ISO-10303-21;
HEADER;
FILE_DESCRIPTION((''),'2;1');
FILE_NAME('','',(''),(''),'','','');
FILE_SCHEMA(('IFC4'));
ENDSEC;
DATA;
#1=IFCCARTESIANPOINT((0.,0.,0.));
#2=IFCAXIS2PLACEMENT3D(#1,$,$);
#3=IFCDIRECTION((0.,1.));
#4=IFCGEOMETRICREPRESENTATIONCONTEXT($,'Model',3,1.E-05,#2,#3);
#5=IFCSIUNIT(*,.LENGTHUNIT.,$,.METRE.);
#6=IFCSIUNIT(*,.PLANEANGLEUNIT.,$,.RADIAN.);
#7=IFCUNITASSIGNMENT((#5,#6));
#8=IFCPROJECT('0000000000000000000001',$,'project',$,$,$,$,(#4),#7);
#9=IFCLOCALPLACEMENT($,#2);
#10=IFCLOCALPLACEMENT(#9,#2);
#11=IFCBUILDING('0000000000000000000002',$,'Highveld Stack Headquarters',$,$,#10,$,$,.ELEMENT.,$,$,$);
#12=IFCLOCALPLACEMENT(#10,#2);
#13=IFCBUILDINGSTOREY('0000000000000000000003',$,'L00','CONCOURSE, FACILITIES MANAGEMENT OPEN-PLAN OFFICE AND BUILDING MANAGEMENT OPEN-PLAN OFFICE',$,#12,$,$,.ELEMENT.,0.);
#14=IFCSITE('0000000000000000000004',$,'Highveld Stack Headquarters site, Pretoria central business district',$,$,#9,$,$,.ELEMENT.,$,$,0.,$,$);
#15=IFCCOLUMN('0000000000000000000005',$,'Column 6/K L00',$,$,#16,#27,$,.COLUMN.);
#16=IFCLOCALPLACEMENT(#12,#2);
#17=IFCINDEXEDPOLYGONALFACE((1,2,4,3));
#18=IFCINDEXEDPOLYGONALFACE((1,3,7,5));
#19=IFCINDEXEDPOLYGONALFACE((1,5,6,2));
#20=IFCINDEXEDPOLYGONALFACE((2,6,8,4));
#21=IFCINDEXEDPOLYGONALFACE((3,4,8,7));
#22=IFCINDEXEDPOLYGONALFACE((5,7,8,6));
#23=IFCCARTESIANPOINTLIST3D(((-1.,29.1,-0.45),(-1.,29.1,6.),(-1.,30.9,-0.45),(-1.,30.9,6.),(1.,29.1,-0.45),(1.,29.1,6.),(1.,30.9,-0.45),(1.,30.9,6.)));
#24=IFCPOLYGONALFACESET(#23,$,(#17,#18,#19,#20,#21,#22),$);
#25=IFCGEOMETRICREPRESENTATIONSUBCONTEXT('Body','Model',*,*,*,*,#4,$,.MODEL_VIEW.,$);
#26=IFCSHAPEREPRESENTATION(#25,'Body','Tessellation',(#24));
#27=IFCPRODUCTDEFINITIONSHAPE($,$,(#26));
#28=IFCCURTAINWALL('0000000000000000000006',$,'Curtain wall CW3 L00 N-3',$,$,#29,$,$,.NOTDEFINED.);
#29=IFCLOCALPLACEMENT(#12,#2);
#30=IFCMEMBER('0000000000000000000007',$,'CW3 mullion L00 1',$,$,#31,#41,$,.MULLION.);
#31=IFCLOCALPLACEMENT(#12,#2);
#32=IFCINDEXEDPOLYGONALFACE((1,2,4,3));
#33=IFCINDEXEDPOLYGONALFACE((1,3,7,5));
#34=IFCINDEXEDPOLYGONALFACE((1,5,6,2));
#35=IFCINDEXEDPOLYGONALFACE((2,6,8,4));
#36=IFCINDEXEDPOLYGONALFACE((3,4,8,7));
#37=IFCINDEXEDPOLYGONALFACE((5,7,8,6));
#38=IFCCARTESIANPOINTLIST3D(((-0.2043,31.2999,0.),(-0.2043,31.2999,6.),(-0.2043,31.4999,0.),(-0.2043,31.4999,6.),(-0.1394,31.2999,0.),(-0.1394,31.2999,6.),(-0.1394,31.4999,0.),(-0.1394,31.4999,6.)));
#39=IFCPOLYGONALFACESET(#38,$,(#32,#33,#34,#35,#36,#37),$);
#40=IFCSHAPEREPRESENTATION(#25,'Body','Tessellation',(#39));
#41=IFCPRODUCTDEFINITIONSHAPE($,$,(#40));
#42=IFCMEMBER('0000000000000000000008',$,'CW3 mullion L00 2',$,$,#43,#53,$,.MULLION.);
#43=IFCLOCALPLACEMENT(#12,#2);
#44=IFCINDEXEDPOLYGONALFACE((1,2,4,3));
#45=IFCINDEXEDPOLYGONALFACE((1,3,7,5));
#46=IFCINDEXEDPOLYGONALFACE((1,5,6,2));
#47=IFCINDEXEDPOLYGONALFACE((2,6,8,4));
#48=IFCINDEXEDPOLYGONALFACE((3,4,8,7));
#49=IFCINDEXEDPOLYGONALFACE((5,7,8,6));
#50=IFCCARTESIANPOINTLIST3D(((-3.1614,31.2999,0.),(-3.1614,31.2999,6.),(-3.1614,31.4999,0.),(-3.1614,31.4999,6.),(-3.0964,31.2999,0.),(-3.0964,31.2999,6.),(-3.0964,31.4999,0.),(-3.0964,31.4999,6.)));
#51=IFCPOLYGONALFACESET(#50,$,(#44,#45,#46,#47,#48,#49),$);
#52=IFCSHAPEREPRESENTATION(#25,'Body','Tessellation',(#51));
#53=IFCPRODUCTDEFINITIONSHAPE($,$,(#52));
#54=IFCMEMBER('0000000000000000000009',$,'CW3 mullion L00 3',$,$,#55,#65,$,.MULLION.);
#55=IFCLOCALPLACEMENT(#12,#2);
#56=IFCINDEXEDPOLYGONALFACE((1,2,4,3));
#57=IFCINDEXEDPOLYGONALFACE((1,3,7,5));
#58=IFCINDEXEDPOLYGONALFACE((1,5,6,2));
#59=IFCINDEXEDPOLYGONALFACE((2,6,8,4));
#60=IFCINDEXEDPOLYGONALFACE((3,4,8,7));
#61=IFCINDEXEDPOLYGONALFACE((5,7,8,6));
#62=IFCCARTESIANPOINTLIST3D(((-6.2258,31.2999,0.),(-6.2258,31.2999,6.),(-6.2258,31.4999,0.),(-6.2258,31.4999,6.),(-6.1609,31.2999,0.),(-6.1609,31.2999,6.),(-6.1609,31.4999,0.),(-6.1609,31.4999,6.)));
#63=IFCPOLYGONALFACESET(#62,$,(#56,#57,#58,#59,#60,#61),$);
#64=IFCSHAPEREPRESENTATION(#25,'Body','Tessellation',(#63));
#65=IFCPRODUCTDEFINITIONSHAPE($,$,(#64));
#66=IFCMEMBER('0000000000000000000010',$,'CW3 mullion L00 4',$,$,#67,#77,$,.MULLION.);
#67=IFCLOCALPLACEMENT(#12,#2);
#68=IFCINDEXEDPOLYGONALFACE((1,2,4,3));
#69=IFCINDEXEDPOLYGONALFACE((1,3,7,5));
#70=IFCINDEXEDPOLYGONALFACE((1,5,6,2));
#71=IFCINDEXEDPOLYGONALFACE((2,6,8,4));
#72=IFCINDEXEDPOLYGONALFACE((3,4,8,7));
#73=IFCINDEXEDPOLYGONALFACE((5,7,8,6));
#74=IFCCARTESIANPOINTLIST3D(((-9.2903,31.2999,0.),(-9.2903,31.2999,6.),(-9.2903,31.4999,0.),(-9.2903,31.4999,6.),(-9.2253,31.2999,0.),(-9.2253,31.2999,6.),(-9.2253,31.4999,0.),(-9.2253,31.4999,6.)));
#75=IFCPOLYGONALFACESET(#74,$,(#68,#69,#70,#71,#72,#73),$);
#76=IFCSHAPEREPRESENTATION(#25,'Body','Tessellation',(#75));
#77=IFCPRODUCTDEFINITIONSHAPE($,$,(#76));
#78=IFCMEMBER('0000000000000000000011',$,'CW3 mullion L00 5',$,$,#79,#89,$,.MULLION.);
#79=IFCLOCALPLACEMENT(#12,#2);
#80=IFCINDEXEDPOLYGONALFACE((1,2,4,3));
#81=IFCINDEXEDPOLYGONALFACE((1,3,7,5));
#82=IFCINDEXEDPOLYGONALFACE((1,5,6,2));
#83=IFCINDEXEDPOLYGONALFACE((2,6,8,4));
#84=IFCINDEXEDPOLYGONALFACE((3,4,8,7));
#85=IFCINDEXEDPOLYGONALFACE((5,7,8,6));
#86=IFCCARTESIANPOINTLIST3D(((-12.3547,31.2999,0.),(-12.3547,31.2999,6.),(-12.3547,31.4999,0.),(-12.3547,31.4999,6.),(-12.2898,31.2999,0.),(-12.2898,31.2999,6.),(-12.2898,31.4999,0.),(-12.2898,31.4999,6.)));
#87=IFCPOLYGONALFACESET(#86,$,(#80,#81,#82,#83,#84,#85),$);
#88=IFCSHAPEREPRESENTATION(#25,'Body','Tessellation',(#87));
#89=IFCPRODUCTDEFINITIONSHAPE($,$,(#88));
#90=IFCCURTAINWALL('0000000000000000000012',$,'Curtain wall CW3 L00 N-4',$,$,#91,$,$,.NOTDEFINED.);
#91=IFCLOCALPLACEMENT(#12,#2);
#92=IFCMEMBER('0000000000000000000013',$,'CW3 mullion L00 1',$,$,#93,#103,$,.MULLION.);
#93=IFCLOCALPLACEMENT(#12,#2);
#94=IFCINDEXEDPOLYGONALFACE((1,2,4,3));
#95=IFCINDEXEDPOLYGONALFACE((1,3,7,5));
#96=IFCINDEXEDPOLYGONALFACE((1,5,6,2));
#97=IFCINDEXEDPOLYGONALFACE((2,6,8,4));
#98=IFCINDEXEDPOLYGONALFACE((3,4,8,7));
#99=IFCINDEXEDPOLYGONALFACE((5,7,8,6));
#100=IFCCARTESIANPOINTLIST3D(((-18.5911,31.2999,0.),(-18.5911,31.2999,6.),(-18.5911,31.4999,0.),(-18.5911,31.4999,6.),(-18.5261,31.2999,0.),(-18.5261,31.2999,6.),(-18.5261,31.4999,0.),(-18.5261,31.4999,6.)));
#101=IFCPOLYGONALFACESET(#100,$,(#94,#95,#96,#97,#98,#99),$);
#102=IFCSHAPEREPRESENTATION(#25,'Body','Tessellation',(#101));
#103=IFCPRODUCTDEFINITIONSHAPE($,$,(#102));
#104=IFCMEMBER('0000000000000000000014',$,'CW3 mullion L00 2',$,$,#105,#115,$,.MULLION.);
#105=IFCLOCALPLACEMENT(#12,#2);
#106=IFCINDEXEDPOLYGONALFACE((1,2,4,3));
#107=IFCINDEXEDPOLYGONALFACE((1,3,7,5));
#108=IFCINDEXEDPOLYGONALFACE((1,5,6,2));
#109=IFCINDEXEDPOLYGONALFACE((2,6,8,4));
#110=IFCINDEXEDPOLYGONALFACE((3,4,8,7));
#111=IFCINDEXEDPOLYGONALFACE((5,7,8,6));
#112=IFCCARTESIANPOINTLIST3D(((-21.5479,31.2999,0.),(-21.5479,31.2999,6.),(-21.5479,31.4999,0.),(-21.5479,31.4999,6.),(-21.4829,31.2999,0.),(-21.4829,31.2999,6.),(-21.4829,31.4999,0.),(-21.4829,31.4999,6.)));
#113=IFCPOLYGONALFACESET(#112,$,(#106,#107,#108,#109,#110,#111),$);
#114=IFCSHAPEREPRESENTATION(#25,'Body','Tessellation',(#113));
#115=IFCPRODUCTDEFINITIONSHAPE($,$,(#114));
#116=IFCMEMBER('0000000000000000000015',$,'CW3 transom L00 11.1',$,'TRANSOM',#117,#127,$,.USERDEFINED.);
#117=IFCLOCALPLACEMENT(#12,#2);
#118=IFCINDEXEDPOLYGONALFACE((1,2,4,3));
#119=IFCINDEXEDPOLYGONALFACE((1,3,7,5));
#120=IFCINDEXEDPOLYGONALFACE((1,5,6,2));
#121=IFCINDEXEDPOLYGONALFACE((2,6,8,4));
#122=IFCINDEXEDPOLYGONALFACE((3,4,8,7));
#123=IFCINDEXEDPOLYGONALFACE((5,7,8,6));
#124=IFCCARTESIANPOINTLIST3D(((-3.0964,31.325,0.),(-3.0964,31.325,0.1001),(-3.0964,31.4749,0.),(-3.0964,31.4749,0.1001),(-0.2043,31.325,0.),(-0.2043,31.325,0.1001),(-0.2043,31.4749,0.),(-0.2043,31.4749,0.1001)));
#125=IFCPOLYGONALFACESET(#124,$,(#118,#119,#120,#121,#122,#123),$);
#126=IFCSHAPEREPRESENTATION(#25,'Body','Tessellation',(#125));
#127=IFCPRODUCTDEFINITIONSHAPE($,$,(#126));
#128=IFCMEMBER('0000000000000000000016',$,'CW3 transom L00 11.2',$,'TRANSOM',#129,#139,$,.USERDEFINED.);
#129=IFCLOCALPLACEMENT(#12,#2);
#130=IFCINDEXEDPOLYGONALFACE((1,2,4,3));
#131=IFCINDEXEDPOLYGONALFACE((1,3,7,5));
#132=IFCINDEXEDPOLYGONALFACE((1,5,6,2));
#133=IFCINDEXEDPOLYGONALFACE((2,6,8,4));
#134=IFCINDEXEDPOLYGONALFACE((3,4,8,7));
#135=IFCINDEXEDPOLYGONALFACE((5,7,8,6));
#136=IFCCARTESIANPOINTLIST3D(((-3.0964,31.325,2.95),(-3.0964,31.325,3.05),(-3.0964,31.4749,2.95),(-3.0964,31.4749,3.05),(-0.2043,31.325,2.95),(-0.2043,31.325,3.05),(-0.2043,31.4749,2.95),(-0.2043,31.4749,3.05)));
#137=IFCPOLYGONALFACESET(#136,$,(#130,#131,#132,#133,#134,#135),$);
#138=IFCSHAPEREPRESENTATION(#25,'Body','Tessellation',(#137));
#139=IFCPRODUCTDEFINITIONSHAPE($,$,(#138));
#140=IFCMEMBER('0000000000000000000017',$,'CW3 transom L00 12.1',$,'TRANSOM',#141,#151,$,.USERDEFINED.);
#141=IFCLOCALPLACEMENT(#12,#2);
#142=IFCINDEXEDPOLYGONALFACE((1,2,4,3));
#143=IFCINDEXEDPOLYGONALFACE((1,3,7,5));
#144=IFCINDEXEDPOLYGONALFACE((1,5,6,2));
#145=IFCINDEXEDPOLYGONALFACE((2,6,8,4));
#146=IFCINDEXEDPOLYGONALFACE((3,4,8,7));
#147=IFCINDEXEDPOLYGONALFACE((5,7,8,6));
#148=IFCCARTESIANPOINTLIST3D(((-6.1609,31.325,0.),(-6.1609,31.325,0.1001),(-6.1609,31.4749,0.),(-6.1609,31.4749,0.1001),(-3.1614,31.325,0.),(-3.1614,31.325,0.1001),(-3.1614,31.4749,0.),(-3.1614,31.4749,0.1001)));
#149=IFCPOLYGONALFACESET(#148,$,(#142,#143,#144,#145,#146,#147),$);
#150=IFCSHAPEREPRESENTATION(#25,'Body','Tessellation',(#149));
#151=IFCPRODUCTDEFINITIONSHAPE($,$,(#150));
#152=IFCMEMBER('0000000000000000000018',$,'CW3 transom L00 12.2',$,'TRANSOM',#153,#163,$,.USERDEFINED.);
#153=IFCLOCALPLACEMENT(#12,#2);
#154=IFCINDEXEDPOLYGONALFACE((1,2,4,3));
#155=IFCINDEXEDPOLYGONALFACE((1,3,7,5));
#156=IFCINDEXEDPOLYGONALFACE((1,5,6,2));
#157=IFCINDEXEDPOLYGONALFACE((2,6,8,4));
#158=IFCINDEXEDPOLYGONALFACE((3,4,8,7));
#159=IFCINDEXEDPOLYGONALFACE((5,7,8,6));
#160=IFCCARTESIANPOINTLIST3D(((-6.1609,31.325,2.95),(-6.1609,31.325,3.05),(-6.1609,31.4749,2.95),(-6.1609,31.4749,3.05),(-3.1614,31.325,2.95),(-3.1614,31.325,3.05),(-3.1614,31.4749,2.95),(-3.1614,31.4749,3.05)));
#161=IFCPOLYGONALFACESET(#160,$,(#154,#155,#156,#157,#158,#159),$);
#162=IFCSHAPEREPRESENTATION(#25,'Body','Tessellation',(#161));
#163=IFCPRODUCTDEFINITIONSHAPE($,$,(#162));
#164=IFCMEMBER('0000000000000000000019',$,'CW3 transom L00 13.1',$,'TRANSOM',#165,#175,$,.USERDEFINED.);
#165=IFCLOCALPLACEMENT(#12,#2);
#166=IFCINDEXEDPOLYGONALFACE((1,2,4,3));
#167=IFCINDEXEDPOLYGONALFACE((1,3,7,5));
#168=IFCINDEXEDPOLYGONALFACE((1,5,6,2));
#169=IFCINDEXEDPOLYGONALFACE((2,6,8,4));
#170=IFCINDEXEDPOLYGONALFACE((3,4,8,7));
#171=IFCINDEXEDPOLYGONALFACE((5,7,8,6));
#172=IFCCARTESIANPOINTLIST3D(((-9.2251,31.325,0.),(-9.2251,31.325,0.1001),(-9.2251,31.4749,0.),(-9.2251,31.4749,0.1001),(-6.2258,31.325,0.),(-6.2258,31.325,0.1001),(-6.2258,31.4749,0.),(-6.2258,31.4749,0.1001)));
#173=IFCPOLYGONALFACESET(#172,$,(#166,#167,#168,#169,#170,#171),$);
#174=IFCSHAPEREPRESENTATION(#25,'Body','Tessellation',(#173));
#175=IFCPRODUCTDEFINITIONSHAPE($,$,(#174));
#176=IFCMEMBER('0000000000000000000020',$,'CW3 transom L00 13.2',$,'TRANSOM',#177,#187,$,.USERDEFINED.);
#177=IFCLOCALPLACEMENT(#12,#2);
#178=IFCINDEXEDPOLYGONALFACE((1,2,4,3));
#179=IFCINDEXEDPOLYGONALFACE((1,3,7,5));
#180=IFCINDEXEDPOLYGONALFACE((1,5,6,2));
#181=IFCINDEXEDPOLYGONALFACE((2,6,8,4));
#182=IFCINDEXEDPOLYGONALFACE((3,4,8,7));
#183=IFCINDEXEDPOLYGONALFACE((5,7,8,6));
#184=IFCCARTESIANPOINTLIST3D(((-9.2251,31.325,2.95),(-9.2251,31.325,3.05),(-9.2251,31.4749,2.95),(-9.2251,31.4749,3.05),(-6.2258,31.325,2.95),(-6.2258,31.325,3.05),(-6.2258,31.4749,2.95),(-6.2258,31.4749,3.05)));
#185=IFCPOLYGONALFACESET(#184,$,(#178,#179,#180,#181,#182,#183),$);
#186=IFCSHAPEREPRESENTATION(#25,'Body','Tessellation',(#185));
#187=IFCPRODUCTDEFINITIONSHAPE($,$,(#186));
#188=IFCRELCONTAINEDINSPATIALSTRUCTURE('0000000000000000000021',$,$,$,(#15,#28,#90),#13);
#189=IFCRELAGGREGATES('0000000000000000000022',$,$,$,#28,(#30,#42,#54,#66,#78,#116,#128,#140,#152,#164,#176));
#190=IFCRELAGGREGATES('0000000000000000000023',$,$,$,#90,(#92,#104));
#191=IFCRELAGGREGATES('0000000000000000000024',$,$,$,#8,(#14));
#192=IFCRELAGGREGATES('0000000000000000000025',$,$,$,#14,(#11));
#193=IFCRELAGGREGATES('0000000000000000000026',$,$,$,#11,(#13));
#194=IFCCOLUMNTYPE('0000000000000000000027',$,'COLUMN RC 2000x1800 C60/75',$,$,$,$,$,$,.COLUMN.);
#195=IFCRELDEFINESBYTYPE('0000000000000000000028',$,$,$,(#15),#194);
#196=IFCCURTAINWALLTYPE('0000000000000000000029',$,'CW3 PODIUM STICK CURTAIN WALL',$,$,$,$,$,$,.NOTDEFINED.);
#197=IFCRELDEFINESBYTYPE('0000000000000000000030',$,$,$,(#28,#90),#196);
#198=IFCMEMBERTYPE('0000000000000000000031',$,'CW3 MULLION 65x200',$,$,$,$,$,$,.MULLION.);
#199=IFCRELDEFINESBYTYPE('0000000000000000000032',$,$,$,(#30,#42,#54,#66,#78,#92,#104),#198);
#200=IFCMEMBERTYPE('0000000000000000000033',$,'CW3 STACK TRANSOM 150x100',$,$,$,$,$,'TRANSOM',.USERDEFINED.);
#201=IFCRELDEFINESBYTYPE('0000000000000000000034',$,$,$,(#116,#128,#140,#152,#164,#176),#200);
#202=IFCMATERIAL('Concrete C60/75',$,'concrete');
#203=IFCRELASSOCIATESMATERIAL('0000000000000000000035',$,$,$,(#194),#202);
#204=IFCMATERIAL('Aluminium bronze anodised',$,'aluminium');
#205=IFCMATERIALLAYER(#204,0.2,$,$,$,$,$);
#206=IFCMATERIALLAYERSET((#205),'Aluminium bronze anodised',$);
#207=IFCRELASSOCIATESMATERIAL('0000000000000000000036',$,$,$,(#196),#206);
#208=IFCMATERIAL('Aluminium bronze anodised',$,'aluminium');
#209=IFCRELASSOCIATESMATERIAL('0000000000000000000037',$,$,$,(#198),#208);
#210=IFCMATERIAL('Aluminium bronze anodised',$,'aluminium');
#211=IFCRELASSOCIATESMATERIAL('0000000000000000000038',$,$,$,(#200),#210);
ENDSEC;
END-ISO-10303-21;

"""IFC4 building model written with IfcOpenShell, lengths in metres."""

from ifc_helpers import new_model, si_unit, direction, frame, origin, origin_2d, place, context, subcontext, project, spatial, rectangle, extrude, material, layer, layer_set, material_profile, profile_set, type_object, element, aggregate, save


model = new_model("IFC4")

# Units and contexts
model_context = context("Model", 3, precision=1e-05, world=origin(), true_north=direction((0.0, 1.0)))
body_context = subcontext(model_context, "Body", "Model", "MODEL_VIEW")
ifc_project = project(units=[si_unit("LENGTHUNIT", "METRE"), si_unit("PLANEANGLEUNIT", "RADIAN")], contexts=[model_context])

# Site, building, storey
site_placement = place(None, origin())
site = spatial("IfcSite", under=ifc_project, at=site_placement, Name="Highveld Stack Headquarters site, Pretoria central business district", CompositionType="ELEMENT", RefElevation=0.0)
building_placement = place(site_placement, origin())
building = spatial("IfcBuilding", under=site, at=building_placement, Name="Highveld Stack Headquarters", CompositionType="ELEMENT")
storey_placement = place(building_placement, origin())
storey = spatial("IfcBuildingStorey", under=building, at=storey_placement, Name="L00", Description="CONCOURSE, FACILITIES MANAGEMENT OPEN-PLAN OFFICE AND BUILDING MANAGEMENT OPEN-PLAN OFFICE", CompositionType="ELEMENT", Elevation=0.0)

# Column
ifc_material_1 = material(Name="Concrete C60/75", Category="concrete")
ifc_material_profile_1 = material_profile(ifc_material_1, rectangle(XDim=2.0, YDim=1.8, at=origin_2d()), Name="RC 2000x1800")
ifc_profile_set_1 = profile_set([ifc_material_profile_1], Name="Concrete C60/75")
column_type = type_object("IfcColumnType", Name="COLUMN RC 2000x1800 C60/75", PredefinedType="COLUMN", material=ifc_profile_set_1)
column_placement = place(storey_placement, frame((0.0, 30.0, -0.45), z_axis=(0.0, 0.0, 1.0), x_axis=(1.0, 0.0, 0.0)))
element("IfcColumn", 1, at=column_placement, inside=storey, type_object=column_type, Name="Column 6/K L00", PredefinedType="COLUMN", context=body_context, shape_type="SweptSolid", body=[
    extrude(rectangle(XDim=2.0, YDim=1.8, at=origin_2d()), origin(), (0.0, 0.0, 1.0), 6.45),
])

# Curtain walls, members
ifc_material_2 = material(Name="Aluminium bronze anodised", Category="aluminium")
ifc_layer_1 = layer(ifc_material_2, 0.2)
ifc_layer_set_1 = layer_set([ifc_layer_1], Name="Aluminium bronze anodised")
curtain_wall_type = type_object("IfcCurtainWallType", Name="CW3 PODIUM STICK CURTAIN WALL", PredefinedType="NOTDEFINED", material=ifc_layer_set_1)
curtain_wall_1_placement = place(storey_placement, origin())
curtain_wall_1 = element("IfcCurtainWall", 2, at=curtain_wall_1_placement, inside=storey, type_object=curtain_wall_type, Name="Curtain wall CW3 L00 N-3", PredefinedType="NOTDEFINED")
ifc_material_3 = material(Name="Aluminium bronze anodised", Category="aluminium")
ifc_material_profile_2 = material_profile(ifc_material_3, rectangle(XDim=0.2, YDim=0.0649, at=origin_2d()), Name="CW3 MULLION 65x200")
ifc_profile_set_2 = profile_set([ifc_material_profile_2], Name="Aluminium bronze anodised")
member_type_1 = type_object("IfcMemberType", Name="CW3 MULLION 65x200", PredefinedType="MULLION", material=ifc_profile_set_2)
member_1_placement = place(storey_placement, frame((-0.1719, 31.3999, 0.0), z_axis=(0.0, 0.0, 1.0), x_axis=(0.0, -1.0, 0.0)))
member_1 = element("IfcMember", 3, at=member_1_placement, type_object=member_type_1, Name="CW3 mullion L00 1", PredefinedType="MULLION", context=body_context, shape_type="SweptSolid", body=[
    extrude(rectangle(XDim=0.2, YDim=0.0649, at=origin_2d()), origin(), (0.0, 0.0, 1.0), 6.0),
])
member_2_placement = place(storey_placement, frame((-3.1289, 31.3999, 0.0), z_axis=(0.0, 0.0, 1.0), x_axis=(0.0, -1.0, 0.0)))
member_2 = element("IfcMember", 4, at=member_2_placement, type_object=member_type_1, Name="CW3 mullion L00 2", PredefinedType="MULLION", context=body_context, shape_type="SweptSolid", body=[
    extrude(rectangle(XDim=0.2, YDim=0.0649, at=origin_2d()), origin(), (0.0, 0.0, 1.0), 6.0),
])
member_3_placement = place(storey_placement, frame((-6.1934, 31.3999, 0.0), z_axis=(0.0, 0.0, 1.0), x_axis=(0.0, -1.0, 0.0)))
member_3 = element("IfcMember", 5, at=member_3_placement, type_object=member_type_1, Name="CW3 mullion L00 3", PredefinedType="MULLION", context=body_context, shape_type="SweptSolid", body=[
    extrude(rectangle(XDim=0.2, YDim=0.0649, at=origin_2d()), origin(), (0.0, 0.0, 1.0), 6.0),
])
member_4_placement = place(storey_placement, frame((-9.2578, 31.3999, 0.0), z_axis=(0.0, 0.0, 1.0), x_axis=(0.0, -1.0, 0.0)))
member_4 = element("IfcMember", 6, at=member_4_placement, type_object=member_type_1, Name="CW3 mullion L00 4", PredefinedType="MULLION", context=body_context, shape_type="SweptSolid", body=[
    extrude(rectangle(XDim=0.2, YDim=0.0649, at=origin_2d()), origin(), (0.0, 0.0, 1.0), 6.0),
])
member_5_placement = place(storey_placement, frame((-12.3223, 31.3999, 0.0), z_axis=(0.0, 0.0, 1.0), x_axis=(0.0, -1.0, 0.0)))
member_5 = element("IfcMember", 7, at=member_5_placement, type_object=member_type_1, Name="CW3 mullion L00 5", PredefinedType="MULLION", context=body_context, shape_type="SweptSolid", body=[
    extrude(rectangle(XDim=0.2, YDim=0.0649, at=origin_2d()), origin(), (0.0, 0.0, 1.0), 6.0),
])
curtain_wall_2_placement = place(storey_placement, origin())
curtain_wall_2 = element("IfcCurtainWall", 8, at=curtain_wall_2_placement, inside=storey, type_object=curtain_wall_type, Name="Curtain wall CW3 L00 N-4", PredefinedType="NOTDEFINED")
member_6_placement = place(storey_placement, frame((-18.5586, 31.3999, 0.0), z_axis=(0.0, 0.0, 1.0), x_axis=(0.0, -1.0, 0.0)))
member_6 = element("IfcMember", 9, at=member_6_placement, type_object=member_type_1, Name="CW3 mullion L00 1", PredefinedType="MULLION", context=body_context, shape_type="SweptSolid", body=[
    extrude(rectangle(XDim=0.2, YDim=0.0649, at=origin_2d()), origin(), (0.0, 0.0, 1.0), 6.0),
])
member_7_placement = place(storey_placement, frame((-21.5154, 31.3999, 0.0), z_axis=(0.0, 0.0, 1.0), x_axis=(0.0, -1.0, 0.0)))
member_7 = element("IfcMember", 10, at=member_7_placement, type_object=member_type_1, Name="CW3 mullion L00 2", PredefinedType="MULLION", context=body_context, shape_type="SweptSolid", body=[
    extrude(rectangle(XDim=0.2, YDim=0.0649, at=origin_2d()), origin(), (0.0, 0.0, 1.0), 6.0),
])

# Members
ifc_material_4 = material(Name="Aluminium bronze anodised", Category="aluminium")
ifc_material_profile_3 = material_profile(ifc_material_4, rectangle(XDim=0.1499, YDim=0.1001, at=origin_2d()), Name="CW3 TRANSOM 150x100")
ifc_profile_set_3 = profile_set([ifc_material_profile_3], Name="Aluminium bronze anodised")
member_type_2 = type_object("IfcMemberType", Name="CW3 STACK TRANSOM 150x100", ElementType="TRANSOM", PredefinedType="USERDEFINED", material=ifc_profile_set_3)
member_8_placement = place(storey_placement, frame((-0.2043, 31.3999, 0.05), z_axis=(-1.0, 0.0, 0.0), x_axis=(0.0, -1.0, 0.0)))
member_8 = element("IfcMember", 11, at=member_8_placement, type_object=member_type_2, Name="CW3 transom L00 11.1", ObjectType="TRANSOM", PredefinedType="USERDEFINED", context=body_context, shape_type="SweptSolid", body=[
    extrude(rectangle(XDim=0.1499, YDim=0.1001, at=origin_2d()), origin(), (0.0, 0.0, 1.0), 2.8921),
])
member_9_placement = place(storey_placement, frame((-0.2043, 31.3999, 3.0), z_axis=(-1.0, 0.0, 0.0), x_axis=(0.0, -1.0, 0.0)))
member_9 = element("IfcMember", 12, at=member_9_placement, type_object=member_type_2, Name="CW3 transom L00 11.2", ObjectType="TRANSOM", PredefinedType="USERDEFINED", context=body_context, shape_type="SweptSolid", body=[
    extrude(rectangle(XDim=0.1499, YDim=0.1001, at=origin_2d()), origin(), (0.0, 0.0, 1.0), 2.8921),
])
member_10_placement = place(storey_placement, frame((-3.1614, 31.3999, 0.05), z_axis=(-1.0, 0.0, 0.0), x_axis=(0.0, -1.0, 0.0)))
member_10 = element("IfcMember", 13, at=member_10_placement, type_object=member_type_2, Name="CW3 transom L00 12.1", ObjectType="TRANSOM", PredefinedType="USERDEFINED", context=body_context, shape_type="SweptSolid", body=[
    extrude(rectangle(XDim=0.1499, YDim=0.1001, at=origin_2d()), origin(), (0.0, 0.0, 1.0), 2.9995),
])
member_11_placement = place(storey_placement, frame((-3.1614, 31.3999, 3.0), z_axis=(-1.0, 0.0, 0.0), x_axis=(0.0, -1.0, 0.0)))
member_11 = element("IfcMember", 14, at=member_11_placement, type_object=member_type_2, Name="CW3 transom L00 12.2", ObjectType="TRANSOM", PredefinedType="USERDEFINED", context=body_context, shape_type="SweptSolid", body=[
    extrude(rectangle(XDim=0.1499, YDim=0.1001, at=origin_2d()), origin(), (0.0, 0.0, 1.0), 2.9995),
])
member_12_placement = place(storey_placement, frame((-6.2258, 31.3999, 0.05), z_axis=(-1.0, 0.0, 0.0), x_axis=(0.0, -1.0, 0.0)))
member_12 = element("IfcMember", 15, at=member_12_placement, type_object=member_type_2, Name="CW3 transom L00 13.1", ObjectType="TRANSOM", PredefinedType="USERDEFINED", context=body_context, shape_type="SweptSolid", body=[
    extrude(rectangle(XDim=0.1499, YDim=0.1001, at=origin_2d()), origin(), (0.0, 0.0, 1.0), 2.9993),
])
member_13_placement = place(storey_placement, frame((-6.2258, 31.3999, 3.0), z_axis=(-1.0, 0.0, 0.0), x_axis=(0.0, -1.0, 0.0)))
member_13 = element("IfcMember", 16, at=member_13_placement, type_object=member_type_2, Name="CW3 transom L00 13.2", ObjectType="TRANSOM", PredefinedType="USERDEFINED", context=body_context, shape_type="SweptSolid", body=[
    extrude(rectangle(XDim=0.1499, YDim=0.1001, at=origin_2d()), origin(), (0.0, 0.0, 1.0), 2.9993),
])

aggregate(curtain_wall_1, [member_1, member_2, member_3, member_4, member_5, member_8, member_9, member_10, member_11, member_12, member_13])
aggregate(curtain_wall_2, [member_6, member_7])

save(model, "model.ifc")
